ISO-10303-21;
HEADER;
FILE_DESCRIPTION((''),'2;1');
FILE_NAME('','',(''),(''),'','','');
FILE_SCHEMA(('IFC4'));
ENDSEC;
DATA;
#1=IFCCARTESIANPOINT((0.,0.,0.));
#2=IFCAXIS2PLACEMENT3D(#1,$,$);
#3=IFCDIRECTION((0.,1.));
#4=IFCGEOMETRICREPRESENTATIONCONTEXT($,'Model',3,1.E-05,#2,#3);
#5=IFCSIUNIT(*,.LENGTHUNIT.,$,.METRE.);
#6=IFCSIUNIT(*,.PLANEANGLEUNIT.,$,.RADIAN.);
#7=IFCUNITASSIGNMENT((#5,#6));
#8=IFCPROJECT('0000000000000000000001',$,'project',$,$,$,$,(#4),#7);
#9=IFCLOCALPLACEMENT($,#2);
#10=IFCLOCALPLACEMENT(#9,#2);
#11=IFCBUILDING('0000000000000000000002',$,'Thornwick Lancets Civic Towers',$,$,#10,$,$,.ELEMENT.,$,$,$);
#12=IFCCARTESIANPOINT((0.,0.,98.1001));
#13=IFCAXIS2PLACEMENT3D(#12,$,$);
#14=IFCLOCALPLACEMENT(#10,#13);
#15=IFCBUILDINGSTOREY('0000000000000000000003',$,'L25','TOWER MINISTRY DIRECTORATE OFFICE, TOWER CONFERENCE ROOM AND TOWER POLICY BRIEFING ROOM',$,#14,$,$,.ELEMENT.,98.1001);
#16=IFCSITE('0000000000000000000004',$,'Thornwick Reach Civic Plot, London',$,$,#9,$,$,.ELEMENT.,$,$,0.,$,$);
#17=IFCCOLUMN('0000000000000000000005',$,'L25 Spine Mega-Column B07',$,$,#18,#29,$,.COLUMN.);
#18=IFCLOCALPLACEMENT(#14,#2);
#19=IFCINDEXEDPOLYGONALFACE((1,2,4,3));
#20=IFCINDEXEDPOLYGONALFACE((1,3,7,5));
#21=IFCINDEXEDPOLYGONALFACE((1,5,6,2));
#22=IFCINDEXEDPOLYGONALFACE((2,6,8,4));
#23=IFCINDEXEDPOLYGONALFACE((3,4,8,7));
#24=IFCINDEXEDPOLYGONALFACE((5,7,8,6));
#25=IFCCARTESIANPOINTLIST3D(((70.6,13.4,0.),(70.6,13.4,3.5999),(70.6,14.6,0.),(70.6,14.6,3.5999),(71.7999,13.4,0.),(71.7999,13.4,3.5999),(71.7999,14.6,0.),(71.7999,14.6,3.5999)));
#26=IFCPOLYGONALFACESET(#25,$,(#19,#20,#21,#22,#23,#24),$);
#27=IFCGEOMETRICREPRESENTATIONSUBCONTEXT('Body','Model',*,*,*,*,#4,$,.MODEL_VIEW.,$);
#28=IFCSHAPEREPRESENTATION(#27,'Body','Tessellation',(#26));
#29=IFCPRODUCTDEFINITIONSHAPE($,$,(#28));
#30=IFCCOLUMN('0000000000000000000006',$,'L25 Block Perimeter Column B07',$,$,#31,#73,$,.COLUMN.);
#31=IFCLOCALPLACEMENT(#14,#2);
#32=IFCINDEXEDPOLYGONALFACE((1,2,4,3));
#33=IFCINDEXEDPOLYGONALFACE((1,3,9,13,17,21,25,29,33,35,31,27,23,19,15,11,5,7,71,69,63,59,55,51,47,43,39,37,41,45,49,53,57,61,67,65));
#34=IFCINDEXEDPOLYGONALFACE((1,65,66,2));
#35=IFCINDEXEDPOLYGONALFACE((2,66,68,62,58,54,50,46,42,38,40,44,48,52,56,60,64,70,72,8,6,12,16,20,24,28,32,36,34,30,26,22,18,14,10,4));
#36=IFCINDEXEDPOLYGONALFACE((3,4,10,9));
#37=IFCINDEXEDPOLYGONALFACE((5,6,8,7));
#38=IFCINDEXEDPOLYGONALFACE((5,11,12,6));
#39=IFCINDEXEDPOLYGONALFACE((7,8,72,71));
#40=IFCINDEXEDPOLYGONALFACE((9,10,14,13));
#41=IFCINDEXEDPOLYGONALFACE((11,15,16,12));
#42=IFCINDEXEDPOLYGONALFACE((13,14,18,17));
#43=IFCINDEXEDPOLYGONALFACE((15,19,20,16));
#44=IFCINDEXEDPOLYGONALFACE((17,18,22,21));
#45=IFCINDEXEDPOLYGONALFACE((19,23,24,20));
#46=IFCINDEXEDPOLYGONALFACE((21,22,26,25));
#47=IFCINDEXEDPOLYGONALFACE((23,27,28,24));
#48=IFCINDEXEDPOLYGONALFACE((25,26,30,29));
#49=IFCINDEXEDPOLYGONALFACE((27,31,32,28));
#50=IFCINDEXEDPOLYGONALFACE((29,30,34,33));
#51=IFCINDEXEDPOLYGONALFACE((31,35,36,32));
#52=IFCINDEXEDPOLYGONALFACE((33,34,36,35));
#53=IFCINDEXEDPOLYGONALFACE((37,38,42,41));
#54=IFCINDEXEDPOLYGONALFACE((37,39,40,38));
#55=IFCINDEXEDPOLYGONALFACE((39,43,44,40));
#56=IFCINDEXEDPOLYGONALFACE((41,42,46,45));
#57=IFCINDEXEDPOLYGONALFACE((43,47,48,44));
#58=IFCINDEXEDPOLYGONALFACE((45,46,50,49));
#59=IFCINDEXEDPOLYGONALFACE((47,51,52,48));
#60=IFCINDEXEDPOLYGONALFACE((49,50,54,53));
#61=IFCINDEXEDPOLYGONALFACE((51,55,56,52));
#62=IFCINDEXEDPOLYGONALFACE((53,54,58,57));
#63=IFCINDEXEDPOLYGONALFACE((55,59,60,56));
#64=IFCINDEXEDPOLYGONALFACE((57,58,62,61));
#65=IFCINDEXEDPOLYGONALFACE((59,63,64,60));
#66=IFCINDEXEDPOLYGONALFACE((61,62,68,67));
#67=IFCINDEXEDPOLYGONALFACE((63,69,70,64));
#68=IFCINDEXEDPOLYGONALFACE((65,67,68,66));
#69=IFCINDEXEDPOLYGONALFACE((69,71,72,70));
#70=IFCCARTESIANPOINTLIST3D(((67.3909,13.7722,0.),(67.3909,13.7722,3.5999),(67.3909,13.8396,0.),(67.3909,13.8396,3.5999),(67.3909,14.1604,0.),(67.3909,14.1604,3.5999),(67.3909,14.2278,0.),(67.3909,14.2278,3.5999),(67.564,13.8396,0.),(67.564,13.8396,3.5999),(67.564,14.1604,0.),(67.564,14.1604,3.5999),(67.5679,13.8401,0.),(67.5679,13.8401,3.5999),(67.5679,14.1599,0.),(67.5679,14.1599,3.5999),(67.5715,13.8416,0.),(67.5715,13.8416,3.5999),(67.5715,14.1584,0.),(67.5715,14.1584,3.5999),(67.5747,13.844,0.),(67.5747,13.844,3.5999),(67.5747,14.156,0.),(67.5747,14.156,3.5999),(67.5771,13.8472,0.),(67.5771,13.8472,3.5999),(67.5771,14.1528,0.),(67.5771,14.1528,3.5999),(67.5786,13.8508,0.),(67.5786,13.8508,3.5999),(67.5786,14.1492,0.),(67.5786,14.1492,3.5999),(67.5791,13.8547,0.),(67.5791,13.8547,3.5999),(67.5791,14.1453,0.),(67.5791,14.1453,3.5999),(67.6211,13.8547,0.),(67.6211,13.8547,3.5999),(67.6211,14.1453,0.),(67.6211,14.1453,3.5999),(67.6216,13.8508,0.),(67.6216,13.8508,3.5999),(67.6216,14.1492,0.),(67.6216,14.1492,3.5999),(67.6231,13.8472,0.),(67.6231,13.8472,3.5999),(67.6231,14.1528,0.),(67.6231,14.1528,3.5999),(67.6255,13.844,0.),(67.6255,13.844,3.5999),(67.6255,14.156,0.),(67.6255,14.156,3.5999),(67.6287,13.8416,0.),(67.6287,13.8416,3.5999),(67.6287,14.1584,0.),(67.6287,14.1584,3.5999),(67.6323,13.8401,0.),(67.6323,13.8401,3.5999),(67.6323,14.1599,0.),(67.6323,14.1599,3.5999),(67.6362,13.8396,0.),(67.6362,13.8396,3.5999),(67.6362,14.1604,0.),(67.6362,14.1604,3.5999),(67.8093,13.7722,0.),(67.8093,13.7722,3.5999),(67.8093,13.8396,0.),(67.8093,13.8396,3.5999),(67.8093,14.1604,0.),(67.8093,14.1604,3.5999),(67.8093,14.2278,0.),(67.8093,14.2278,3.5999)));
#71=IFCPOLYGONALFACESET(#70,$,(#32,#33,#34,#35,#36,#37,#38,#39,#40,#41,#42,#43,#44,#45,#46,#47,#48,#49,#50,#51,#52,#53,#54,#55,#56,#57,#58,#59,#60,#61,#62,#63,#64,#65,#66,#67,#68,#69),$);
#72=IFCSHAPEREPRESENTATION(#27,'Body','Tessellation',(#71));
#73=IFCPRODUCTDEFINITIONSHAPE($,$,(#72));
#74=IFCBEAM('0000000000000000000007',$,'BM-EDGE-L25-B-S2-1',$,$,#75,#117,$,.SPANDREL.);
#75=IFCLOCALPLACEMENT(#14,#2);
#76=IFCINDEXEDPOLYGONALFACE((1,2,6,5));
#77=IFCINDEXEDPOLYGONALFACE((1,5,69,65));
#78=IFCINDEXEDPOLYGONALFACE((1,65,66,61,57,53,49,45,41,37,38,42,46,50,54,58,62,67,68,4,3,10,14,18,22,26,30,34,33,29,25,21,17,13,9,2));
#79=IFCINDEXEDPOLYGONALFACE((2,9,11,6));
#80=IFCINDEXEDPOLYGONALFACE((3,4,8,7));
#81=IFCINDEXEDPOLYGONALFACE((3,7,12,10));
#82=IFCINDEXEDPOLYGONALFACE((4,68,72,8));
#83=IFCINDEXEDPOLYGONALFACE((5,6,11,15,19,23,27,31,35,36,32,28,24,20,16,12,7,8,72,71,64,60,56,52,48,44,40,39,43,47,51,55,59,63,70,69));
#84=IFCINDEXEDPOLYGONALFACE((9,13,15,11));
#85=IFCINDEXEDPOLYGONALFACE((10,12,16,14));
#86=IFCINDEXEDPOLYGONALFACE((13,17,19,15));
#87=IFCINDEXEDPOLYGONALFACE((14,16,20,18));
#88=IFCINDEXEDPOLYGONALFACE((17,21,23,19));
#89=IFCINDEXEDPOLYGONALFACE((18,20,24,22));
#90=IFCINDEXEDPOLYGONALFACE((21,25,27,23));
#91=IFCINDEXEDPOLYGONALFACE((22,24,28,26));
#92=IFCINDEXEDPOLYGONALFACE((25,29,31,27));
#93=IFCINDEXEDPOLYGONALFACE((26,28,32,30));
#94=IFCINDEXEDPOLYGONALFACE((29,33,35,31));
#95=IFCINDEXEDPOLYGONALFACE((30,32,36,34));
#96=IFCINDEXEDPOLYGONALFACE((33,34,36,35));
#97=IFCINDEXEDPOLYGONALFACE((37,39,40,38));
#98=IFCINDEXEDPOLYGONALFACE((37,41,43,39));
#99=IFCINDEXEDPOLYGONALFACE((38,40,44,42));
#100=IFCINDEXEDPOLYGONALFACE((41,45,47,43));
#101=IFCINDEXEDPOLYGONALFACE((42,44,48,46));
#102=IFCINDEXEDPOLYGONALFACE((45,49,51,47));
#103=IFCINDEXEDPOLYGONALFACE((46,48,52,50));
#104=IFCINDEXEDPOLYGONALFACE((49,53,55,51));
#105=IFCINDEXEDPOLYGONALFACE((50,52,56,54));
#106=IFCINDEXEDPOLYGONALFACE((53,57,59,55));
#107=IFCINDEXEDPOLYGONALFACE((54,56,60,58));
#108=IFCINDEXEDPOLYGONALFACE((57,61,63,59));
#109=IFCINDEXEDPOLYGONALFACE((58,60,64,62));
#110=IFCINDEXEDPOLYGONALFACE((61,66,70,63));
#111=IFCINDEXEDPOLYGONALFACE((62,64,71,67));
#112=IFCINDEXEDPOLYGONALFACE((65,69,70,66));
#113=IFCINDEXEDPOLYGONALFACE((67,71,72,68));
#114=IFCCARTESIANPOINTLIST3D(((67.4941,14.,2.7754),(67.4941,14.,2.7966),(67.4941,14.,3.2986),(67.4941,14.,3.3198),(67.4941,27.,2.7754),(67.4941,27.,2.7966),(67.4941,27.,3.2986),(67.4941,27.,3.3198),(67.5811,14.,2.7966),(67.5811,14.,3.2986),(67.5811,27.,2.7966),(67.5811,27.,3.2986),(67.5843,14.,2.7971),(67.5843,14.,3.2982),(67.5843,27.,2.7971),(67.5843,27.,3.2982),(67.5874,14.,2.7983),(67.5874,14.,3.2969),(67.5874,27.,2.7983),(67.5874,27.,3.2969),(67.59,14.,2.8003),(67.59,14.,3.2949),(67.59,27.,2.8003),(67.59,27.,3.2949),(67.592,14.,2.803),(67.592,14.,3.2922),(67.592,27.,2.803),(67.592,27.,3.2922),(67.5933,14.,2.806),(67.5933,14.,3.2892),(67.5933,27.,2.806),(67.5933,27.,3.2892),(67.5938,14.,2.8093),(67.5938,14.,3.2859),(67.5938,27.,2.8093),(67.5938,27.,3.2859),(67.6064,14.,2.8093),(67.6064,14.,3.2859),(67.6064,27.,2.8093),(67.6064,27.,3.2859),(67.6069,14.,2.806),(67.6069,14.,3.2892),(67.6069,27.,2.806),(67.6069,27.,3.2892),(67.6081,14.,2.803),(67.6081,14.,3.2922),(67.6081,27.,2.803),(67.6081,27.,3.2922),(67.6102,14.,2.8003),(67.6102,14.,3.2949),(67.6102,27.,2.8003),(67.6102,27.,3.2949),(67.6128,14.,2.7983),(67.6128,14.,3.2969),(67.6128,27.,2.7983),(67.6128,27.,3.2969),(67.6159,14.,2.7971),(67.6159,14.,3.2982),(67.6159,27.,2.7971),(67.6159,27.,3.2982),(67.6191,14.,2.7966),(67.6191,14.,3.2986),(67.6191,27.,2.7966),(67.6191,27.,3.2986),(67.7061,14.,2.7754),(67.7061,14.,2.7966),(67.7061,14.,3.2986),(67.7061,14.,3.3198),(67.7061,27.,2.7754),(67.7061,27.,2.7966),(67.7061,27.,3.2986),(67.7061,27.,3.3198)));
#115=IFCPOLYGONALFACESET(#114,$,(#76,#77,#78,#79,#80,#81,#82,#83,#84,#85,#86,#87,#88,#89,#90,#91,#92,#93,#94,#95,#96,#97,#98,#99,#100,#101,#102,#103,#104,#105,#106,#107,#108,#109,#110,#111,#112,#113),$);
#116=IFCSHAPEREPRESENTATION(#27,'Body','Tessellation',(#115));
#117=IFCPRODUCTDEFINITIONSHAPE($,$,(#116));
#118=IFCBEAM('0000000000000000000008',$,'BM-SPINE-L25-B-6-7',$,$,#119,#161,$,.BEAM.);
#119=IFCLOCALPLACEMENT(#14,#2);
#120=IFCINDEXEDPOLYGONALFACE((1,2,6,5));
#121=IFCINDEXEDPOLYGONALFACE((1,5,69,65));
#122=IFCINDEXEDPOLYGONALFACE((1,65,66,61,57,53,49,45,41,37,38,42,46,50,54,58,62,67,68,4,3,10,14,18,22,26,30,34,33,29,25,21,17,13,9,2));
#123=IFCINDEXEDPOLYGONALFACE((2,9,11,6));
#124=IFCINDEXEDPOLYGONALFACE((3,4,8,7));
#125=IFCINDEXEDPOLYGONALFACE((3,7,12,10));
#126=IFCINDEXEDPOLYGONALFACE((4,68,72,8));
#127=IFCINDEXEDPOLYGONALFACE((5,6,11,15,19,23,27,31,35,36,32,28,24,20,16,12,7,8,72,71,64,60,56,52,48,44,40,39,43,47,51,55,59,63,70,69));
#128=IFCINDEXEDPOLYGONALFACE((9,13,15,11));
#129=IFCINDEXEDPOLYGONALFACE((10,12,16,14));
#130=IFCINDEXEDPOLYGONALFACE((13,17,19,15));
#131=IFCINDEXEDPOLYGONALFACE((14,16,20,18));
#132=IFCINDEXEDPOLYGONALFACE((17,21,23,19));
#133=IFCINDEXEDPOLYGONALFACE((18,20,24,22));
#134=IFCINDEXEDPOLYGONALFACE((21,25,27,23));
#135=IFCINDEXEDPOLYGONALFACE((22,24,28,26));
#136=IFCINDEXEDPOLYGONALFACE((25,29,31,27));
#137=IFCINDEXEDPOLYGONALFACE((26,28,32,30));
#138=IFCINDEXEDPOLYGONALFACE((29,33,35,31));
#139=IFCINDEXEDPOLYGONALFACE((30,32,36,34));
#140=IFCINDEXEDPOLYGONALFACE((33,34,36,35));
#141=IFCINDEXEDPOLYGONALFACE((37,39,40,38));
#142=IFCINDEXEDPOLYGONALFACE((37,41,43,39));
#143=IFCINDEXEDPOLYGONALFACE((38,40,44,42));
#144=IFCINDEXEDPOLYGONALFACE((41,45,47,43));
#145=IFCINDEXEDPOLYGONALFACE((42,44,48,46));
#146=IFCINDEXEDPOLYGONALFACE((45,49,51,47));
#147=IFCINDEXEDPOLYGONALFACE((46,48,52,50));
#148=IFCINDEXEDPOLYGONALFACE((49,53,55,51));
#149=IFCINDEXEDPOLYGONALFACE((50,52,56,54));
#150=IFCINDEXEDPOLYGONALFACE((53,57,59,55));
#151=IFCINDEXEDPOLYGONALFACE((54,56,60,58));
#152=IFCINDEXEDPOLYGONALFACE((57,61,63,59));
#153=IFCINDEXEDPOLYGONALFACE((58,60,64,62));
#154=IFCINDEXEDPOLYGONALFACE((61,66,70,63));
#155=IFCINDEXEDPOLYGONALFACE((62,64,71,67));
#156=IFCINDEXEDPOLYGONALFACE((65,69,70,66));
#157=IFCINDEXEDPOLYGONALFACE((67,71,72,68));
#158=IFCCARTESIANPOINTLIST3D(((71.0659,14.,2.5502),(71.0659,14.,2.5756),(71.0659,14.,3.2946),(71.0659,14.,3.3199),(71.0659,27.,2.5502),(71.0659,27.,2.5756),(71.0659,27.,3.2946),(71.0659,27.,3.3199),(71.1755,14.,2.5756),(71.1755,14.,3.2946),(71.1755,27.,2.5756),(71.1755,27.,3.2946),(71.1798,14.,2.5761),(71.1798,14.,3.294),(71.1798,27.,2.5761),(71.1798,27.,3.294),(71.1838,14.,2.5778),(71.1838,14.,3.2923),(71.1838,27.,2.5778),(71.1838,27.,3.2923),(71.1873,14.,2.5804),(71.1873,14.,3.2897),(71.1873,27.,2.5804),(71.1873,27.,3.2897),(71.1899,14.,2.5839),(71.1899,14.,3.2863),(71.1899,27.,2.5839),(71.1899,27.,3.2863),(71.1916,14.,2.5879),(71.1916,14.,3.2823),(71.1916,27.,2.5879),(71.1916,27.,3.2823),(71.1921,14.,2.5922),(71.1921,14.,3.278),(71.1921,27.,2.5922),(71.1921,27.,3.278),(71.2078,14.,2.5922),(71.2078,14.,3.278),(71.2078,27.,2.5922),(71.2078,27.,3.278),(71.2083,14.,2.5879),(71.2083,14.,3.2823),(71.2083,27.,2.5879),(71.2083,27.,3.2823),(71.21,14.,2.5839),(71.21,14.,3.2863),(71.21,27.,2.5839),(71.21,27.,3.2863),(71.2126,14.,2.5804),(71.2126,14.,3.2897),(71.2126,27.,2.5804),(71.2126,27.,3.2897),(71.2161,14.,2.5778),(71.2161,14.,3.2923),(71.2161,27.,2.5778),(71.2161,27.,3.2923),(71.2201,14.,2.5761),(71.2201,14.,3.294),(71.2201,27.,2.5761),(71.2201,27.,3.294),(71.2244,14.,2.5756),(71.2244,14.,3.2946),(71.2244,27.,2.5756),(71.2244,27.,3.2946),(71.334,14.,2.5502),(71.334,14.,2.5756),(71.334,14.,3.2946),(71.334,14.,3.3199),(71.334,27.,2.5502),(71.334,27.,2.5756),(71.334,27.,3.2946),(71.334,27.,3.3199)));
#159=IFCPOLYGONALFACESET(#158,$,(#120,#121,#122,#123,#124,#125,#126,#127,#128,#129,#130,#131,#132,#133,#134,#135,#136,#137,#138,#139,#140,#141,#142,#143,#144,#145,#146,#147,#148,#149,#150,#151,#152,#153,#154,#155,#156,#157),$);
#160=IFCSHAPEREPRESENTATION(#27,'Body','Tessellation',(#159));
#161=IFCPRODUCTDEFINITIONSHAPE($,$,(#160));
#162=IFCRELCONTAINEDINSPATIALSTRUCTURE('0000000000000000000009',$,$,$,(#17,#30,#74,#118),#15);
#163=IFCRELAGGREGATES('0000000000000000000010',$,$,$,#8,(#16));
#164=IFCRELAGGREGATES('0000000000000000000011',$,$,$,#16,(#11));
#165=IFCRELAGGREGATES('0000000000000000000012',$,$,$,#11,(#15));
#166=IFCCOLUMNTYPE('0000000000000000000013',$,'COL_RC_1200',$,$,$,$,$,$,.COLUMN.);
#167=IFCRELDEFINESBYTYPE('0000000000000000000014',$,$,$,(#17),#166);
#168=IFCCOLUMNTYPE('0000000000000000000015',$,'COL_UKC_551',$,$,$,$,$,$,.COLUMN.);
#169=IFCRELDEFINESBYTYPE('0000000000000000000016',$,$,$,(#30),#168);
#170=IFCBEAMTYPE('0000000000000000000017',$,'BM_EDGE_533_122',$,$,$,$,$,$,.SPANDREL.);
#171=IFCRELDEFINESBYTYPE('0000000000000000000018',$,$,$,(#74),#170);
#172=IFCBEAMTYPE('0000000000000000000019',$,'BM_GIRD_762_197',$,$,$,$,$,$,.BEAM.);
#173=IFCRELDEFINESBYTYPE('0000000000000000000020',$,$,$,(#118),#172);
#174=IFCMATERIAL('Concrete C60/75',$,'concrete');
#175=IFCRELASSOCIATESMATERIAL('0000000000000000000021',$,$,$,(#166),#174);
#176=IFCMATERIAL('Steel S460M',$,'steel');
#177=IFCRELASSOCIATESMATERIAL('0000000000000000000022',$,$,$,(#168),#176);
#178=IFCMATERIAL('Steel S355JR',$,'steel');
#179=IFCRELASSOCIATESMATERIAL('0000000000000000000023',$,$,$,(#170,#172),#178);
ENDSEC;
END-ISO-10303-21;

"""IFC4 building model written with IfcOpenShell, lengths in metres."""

from ifc_helpers import new_model, si_unit, direction, frame, origin, origin_2d, place, context, subcontext, project, spatial, rectangle, i_section, extrude, material, material_profile, profile_set, type_object, element, save


model = new_model("IFC4")

# Units and contexts
model_context = context("Model", 3, precision=1e-05, world=origin(), true_north=direction((0.0, 1.0)))
body_context = subcontext(model_context, "Body", "Model", "MODEL_VIEW")
ifc_project = project(units=[si_unit("LENGTHUNIT", "METRE"), si_unit("PLANEANGLEUNIT", "RADIAN")], contexts=[model_context])

# Site, building, storey
site_placement = place(None, origin())
site = spatial("IfcSite", under=ifc_project, at=site_placement, Name="Thornwick Reach Civic Plot, London", CompositionType="ELEMENT", RefElevation=0.0)
building_placement = place(site_placement, origin())
building = spatial("IfcBuilding", under=site, at=building_placement, Name="Thornwick Lancets Civic Towers", CompositionType="ELEMENT")
storey_placement = place(building_placement, frame((0.0, 0.0, 98.1001)))
storey = spatial("IfcBuildingStorey", under=building, at=storey_placement, Name="L25", Description="TOWER MINISTRY DIRECTORATE OFFICE, TOWER CONFERENCE ROOM AND TOWER POLICY BRIEFING ROOM", CompositionType="ELEMENT", Elevation=98.1001)

# Columns
ifc_material_1 = material(Name="Concrete C60/75", Category="concrete")
ifc_material_profile_1 = material_profile(ifc_material_1, rectangle(XDim=1.2, YDim=1.2, at=origin_2d()), Name="RC 1200x1200")
ifc_profile_set_1 = profile_set([ifc_material_profile_1], Name="Concrete C60/75")
column_type_1 = type_object("IfcColumnType", Name="COL_RC_1200", PredefinedType="COLUMN", material=ifc_profile_set_1)
column_1_placement = place(storey_placement, frame((71.2, 14.0, 0.0), z_axis=(0.0, 0.0, 1.0), x_axis=(1.0, 0.0, 0.0)))
element("IfcColumn", 1, at=column_1_placement, inside=storey, type_object=column_type_1, Name="L25 Spine Mega-Column B07", PredefinedType="COLUMN", context=body_context, shape_type="SweptSolid", body=[
    extrude(rectangle(XDim=1.2, YDim=1.2, at=origin_2d()), origin(), (0.0, 0.0, 1.0), 3.5999),
])
ifc_material_2 = material(Name="Steel S460M", Category="steel")
ifc_material_profile_2 = material_profile(ifc_material_2, i_section(OverallWidth=0.4185, OverallDepth=0.4556, WebThickness=0.042, FlangeThickness=0.0674, FilletRadius=0.0151, at=origin_2d()), Name="UKC 356x406x551")
ifc_profile_set_2 = profile_set([ifc_material_profile_2], Name="Steel S460M")
column_type_2 = type_object("IfcColumnType", Name="COL_UKC_551", PredefinedType="COLUMN", material=ifc_profile_set_2)
column_2_placement = place(storey_placement, frame((67.6001, 14.0, 0.0), z_axis=(0.0, 0.0, 1.0), x_axis=(1.0, 0.0, 0.0)))
element("IfcColumn", 2, at=column_2_placement, inside=storey, type_object=column_type_2, Name="L25 Block Perimeter Column B07", PredefinedType="COLUMN", context=body_context, shape_type="SweptSolid", body=[
    extrude(i_section(OverallWidth=0.4185, OverallDepth=0.4556, WebThickness=0.042, FlangeThickness=0.0674, FilletRadius=0.0151, at=origin_2d()), origin(), (0.0, 0.0, 1.0), 3.5999),
])

# Beams
ifc_material_3 = material(Name="Steel S355JR", Category="steel")
ifc_material_profile_3 = material_profile(ifc_material_3, i_section(OverallWidth=0.2119, OverallDepth=0.5444, WebThickness=0.0127, FlangeThickness=0.0212, FilletRadius=0.0127, at=origin_2d()), Name="UKB 533x210x122")
ifc_profile_set_3 = profile_set([ifc_material_profile_3], Name="Steel S355JR")
beam_type_1 = type_object("IfcBeamType", Name="BM_EDGE_533_122", PredefinedType="SPANDREL", material=ifc_profile_set_3)
beam_1_placement = place(storey_placement, frame((67.6001, 14.0, 3.0476), z_axis=(0.0, 1.0, 0.0), x_axis=(-1.0, 0.0, 0.0)))
element("IfcBeam", 3, at=beam_1_placement, inside=storey, type_object=beam_type_1, Name="BM-EDGE-L25-B-S2-1", PredefinedType="SPANDREL", context=body_context, shape_type="SweptSolid", body=[
    extrude(i_section(OverallWidth=0.2119, OverallDepth=0.5444, WebThickness=0.0127, FlangeThickness=0.0212, FilletRadius=0.0127, at=origin_2d()), origin(), (0.0, 0.0, 1.0), 13.0),
])
ifc_material_profile_4 = material_profile(ifc_material_3, i_section(OverallWidth=0.2681, OverallDepth=0.7698, WebThickness=0.0156, FlangeThickness=0.0254, FilletRadius=0.0166, at=origin_2d()), Name="UKB 762x267x197")
ifc_profile_set_4 = profile_set([ifc_material_profile_4], Name="Steel S355JR")
beam_type_2 = type_object("IfcBeamType", Name="BM_GIRD_762_197", PredefinedType="BEAM", material=ifc_profile_set_4)
beam_2_placement = place(storey_placement, frame((71.2, 14.0, 2.9351), z_axis=(0.0, 1.0, 0.0), x_axis=(-1.0, 0.0, 0.0)))
element("IfcBeam", 4, at=beam_2_placement, inside=storey, type_object=beam_type_2, Name="BM-SPINE-L25-B-6-7", PredefinedType="BEAM", context=body_context, shape_type="SweptSolid", body=[
    extrude(i_section(OverallWidth=0.2681, OverallDepth=0.7698, WebThickness=0.0156, FlangeThickness=0.0254, FilletRadius=0.0166, at=origin_2d()), origin(), (0.0, 0.0, 1.0), 13.0),
])

save(model, "model.ifc")
